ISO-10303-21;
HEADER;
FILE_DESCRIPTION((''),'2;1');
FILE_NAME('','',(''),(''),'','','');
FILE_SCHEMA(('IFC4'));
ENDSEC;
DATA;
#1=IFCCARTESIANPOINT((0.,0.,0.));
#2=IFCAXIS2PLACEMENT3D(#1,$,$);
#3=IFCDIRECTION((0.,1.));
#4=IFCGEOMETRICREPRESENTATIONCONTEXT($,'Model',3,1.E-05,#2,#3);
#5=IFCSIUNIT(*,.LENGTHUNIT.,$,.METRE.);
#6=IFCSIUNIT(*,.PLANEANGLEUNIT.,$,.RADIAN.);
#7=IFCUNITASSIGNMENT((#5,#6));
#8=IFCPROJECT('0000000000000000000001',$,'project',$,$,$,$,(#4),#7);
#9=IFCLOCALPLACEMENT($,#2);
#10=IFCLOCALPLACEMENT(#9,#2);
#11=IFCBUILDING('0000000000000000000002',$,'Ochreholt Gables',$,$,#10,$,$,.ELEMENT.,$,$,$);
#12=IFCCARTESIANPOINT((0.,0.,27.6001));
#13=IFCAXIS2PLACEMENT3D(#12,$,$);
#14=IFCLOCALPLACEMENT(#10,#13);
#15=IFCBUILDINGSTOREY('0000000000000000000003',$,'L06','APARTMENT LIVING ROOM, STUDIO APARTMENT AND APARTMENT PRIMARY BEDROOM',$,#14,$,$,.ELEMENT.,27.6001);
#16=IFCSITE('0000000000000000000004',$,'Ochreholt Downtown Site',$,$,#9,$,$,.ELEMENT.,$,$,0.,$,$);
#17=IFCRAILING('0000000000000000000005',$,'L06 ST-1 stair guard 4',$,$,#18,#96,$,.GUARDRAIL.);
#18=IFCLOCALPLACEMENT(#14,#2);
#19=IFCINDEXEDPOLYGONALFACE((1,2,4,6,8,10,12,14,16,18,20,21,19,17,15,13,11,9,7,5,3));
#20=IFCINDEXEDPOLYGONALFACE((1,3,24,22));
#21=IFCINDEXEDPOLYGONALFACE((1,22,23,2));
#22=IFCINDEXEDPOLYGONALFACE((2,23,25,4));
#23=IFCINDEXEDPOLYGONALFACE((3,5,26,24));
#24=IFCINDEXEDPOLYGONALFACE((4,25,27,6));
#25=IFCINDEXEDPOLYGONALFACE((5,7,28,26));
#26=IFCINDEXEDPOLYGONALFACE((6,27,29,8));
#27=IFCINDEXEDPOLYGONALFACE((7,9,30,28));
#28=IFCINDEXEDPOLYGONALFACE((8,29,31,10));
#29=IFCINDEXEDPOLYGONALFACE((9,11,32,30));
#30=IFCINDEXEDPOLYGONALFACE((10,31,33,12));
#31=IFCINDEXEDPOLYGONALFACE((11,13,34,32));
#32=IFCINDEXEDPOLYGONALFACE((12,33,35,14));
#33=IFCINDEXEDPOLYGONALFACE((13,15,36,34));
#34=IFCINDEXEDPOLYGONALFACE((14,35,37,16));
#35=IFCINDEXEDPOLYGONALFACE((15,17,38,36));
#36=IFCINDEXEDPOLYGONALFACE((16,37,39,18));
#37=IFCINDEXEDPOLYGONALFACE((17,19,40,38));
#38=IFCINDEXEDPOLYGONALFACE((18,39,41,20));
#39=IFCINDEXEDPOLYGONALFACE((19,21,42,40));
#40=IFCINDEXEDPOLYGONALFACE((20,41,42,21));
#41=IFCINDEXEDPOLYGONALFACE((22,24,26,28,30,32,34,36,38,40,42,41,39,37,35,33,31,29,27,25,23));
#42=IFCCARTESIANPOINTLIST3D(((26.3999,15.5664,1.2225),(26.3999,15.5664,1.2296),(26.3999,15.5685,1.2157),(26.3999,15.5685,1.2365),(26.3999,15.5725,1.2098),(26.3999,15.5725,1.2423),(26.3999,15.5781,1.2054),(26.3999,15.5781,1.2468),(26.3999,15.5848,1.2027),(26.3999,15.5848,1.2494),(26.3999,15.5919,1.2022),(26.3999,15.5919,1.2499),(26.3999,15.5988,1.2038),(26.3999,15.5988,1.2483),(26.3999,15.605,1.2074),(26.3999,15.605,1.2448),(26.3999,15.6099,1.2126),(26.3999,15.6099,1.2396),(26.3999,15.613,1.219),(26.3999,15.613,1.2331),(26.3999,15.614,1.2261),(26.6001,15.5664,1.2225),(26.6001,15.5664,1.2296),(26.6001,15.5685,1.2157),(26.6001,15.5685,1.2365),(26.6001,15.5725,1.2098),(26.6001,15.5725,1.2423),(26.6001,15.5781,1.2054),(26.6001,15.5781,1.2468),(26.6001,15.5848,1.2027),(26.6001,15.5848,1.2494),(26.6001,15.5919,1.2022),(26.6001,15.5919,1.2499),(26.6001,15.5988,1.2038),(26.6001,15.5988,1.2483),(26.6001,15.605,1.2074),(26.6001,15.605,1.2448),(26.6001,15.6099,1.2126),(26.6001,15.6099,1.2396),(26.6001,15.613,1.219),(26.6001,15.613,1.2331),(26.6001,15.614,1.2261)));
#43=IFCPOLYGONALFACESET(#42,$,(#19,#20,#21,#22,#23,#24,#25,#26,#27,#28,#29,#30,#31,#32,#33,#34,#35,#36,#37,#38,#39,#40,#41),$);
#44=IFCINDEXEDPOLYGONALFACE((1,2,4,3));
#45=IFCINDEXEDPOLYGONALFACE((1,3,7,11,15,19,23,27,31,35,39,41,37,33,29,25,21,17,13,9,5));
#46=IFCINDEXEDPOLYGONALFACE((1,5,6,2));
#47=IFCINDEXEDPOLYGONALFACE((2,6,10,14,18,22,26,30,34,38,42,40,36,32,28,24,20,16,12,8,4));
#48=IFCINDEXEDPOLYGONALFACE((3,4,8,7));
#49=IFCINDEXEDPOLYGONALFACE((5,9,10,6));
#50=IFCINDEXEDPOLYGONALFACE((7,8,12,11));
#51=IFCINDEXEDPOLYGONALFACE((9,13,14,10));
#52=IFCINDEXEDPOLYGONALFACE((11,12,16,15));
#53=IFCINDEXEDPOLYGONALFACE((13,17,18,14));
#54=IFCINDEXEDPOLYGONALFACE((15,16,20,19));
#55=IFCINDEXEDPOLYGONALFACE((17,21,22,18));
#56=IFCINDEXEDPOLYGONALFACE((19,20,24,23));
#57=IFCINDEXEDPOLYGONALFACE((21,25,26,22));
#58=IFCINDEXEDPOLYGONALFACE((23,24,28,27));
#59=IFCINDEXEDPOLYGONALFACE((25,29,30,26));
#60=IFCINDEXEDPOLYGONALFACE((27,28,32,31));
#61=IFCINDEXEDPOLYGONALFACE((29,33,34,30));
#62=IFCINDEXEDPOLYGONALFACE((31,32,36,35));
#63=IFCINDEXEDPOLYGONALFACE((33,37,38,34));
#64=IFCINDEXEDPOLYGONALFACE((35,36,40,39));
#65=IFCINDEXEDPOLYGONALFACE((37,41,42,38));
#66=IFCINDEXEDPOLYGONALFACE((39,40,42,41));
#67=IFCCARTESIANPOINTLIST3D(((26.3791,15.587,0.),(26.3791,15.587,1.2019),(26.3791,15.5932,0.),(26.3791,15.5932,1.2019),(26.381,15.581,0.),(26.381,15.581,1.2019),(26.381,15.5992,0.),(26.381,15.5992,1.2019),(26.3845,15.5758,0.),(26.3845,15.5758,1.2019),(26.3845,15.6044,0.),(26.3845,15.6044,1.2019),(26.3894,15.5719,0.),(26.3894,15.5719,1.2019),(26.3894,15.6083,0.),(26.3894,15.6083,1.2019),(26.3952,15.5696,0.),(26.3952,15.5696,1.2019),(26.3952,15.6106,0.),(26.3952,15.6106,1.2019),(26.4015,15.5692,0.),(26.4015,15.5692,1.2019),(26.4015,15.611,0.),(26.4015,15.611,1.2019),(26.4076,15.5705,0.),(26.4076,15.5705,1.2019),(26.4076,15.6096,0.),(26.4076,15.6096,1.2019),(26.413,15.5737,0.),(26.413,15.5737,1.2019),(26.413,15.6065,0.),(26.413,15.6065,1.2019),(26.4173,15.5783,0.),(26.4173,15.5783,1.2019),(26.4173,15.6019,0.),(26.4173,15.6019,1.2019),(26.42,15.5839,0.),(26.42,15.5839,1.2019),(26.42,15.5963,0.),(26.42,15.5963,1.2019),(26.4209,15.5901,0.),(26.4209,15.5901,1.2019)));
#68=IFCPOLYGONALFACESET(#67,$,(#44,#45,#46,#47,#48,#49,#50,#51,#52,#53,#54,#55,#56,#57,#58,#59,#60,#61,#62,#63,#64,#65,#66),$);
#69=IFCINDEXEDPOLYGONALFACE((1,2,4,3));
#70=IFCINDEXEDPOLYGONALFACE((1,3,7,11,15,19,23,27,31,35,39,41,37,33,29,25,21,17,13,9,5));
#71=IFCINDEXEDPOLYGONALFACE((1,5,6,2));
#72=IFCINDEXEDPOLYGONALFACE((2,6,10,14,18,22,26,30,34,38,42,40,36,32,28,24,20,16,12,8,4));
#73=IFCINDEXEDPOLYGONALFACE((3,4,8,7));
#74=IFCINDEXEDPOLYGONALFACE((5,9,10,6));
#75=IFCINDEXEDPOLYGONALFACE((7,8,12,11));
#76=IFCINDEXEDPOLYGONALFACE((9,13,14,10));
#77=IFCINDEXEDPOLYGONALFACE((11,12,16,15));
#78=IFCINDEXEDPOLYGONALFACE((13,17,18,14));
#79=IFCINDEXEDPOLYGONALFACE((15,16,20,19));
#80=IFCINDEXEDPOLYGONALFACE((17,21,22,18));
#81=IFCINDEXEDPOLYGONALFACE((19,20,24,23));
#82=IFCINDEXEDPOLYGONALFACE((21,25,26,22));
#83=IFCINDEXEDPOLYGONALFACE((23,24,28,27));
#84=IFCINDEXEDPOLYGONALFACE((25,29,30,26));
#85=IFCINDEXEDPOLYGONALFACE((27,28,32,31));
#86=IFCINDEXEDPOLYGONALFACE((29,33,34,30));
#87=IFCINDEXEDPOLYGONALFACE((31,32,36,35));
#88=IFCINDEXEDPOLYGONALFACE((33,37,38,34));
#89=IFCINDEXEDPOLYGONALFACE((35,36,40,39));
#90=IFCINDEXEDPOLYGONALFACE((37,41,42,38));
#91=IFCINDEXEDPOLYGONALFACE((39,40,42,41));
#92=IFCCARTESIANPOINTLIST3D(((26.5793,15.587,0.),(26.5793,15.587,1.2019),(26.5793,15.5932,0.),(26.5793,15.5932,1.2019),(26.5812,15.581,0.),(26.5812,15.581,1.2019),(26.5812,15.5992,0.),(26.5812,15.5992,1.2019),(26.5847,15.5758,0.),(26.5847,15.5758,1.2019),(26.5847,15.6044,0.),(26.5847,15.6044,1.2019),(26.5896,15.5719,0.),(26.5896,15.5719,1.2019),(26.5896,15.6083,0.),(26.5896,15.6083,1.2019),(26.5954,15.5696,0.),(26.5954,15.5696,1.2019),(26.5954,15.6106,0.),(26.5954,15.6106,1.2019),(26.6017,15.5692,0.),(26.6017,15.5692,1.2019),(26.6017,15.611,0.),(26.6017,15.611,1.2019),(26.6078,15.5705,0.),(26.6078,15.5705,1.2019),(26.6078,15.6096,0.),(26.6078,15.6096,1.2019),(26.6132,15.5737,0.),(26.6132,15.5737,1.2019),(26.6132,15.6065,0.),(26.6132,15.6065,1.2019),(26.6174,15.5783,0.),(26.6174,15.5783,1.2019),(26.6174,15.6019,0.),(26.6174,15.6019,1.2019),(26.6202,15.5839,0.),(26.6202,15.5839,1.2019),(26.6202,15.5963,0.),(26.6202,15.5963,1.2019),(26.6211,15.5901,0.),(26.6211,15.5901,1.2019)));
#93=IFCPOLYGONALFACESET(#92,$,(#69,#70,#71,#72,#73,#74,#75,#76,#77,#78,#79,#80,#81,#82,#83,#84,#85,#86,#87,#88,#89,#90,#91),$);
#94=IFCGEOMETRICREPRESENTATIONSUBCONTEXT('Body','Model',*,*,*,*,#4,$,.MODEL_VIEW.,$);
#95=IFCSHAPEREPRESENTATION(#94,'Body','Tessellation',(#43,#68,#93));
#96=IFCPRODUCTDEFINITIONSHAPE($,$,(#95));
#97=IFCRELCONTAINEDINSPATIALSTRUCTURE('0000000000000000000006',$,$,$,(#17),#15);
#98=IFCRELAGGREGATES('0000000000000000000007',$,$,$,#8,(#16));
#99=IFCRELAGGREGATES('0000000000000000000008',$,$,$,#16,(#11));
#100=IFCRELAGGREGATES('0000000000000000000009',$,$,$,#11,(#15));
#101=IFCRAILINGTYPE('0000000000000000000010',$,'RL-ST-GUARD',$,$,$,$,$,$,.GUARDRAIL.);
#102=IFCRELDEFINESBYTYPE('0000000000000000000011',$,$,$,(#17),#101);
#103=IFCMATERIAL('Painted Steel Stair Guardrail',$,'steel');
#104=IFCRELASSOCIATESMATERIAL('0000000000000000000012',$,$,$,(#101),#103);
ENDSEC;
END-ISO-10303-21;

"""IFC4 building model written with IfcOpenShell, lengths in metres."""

from ifc_helpers import new_model, si_unit, direction, frame, origin, origin_2d, place, context, subcontext, project, spatial, circle, extrude, material, type_object, element, save


model = new_model("IFC4")

# Units and contexts
model_context = context("Model", 3, precision=1e-05, world=origin(), true_north=direction((0.0, 1.0)))
body_context = subcontext(model_context, "Body", "Model", "MODEL_VIEW")
ifc_project = project(units=[si_unit("LENGTHUNIT", "METRE"), si_unit("PLANEANGLEUNIT", "RADIAN")], contexts=[model_context])

# Site, building, storey
site_placement = place(None, origin())
site = spatial("IfcSite", under=ifc_project, at=site_placement, Name="Ochreholt Downtown Site", CompositionType="ELEMENT", RefElevation=0.0)
building_placement = place(site_placement, origin())
building = spatial("IfcBuilding", under=site, at=building_placement, Name="Ochreholt Gables", CompositionType="ELEMENT")
storey_placement = place(building_placement, frame((0.0, 0.0, 27.6001)))
storey = spatial("IfcBuildingStorey", under=building, at=storey_placement, Name="L06", Description="APARTMENT LIVING ROOM, STUDIO APARTMENT AND APARTMENT PRIMARY BEDROOM", CompositionType="ELEMENT", Elevation=27.6001)

# Railing
ifc_material_1 = material(Name="Painted Steel Stair Guardrail", Category="steel")
railing_type_1 = type_object("IfcRailingType", Name="RL-ST-GUARD", PredefinedType="GUARDRAIL", material=ifc_material_1)
railing_1_placement = place(storey_placement, frame((26.3999, 15.5901, 0.0)))
element("IfcRailing", 1, at=railing_1_placement, inside=storey, type_object=railing_type_1, Name="L06 ST-1 stair guard 4", PredefinedType="GUARDRAIL", context=body_context, shape_type="SweptSolid", body=[
    extrude(circle(Radius=0.0239, at=origin_2d()), frame((0.0, 0.0, 1.2261), z_axis=(1.0, 0.0, 0.0), x_axis=(0.0, 1.0, 0.0)), (0.0, 0.0, 1.0), 0.2002),
    extrude(circle(Radius=0.021, at=origin_2d()), origin(), (0.0, 0.0, 1.0), 1.2019),
    extrude(circle(Radius=0.021, at=origin_2d()), frame((0.2002, 0.0, 0.0)), (0.0, 0.0, 1.0), 1.2019),
])

save(model, "model.ifc")
